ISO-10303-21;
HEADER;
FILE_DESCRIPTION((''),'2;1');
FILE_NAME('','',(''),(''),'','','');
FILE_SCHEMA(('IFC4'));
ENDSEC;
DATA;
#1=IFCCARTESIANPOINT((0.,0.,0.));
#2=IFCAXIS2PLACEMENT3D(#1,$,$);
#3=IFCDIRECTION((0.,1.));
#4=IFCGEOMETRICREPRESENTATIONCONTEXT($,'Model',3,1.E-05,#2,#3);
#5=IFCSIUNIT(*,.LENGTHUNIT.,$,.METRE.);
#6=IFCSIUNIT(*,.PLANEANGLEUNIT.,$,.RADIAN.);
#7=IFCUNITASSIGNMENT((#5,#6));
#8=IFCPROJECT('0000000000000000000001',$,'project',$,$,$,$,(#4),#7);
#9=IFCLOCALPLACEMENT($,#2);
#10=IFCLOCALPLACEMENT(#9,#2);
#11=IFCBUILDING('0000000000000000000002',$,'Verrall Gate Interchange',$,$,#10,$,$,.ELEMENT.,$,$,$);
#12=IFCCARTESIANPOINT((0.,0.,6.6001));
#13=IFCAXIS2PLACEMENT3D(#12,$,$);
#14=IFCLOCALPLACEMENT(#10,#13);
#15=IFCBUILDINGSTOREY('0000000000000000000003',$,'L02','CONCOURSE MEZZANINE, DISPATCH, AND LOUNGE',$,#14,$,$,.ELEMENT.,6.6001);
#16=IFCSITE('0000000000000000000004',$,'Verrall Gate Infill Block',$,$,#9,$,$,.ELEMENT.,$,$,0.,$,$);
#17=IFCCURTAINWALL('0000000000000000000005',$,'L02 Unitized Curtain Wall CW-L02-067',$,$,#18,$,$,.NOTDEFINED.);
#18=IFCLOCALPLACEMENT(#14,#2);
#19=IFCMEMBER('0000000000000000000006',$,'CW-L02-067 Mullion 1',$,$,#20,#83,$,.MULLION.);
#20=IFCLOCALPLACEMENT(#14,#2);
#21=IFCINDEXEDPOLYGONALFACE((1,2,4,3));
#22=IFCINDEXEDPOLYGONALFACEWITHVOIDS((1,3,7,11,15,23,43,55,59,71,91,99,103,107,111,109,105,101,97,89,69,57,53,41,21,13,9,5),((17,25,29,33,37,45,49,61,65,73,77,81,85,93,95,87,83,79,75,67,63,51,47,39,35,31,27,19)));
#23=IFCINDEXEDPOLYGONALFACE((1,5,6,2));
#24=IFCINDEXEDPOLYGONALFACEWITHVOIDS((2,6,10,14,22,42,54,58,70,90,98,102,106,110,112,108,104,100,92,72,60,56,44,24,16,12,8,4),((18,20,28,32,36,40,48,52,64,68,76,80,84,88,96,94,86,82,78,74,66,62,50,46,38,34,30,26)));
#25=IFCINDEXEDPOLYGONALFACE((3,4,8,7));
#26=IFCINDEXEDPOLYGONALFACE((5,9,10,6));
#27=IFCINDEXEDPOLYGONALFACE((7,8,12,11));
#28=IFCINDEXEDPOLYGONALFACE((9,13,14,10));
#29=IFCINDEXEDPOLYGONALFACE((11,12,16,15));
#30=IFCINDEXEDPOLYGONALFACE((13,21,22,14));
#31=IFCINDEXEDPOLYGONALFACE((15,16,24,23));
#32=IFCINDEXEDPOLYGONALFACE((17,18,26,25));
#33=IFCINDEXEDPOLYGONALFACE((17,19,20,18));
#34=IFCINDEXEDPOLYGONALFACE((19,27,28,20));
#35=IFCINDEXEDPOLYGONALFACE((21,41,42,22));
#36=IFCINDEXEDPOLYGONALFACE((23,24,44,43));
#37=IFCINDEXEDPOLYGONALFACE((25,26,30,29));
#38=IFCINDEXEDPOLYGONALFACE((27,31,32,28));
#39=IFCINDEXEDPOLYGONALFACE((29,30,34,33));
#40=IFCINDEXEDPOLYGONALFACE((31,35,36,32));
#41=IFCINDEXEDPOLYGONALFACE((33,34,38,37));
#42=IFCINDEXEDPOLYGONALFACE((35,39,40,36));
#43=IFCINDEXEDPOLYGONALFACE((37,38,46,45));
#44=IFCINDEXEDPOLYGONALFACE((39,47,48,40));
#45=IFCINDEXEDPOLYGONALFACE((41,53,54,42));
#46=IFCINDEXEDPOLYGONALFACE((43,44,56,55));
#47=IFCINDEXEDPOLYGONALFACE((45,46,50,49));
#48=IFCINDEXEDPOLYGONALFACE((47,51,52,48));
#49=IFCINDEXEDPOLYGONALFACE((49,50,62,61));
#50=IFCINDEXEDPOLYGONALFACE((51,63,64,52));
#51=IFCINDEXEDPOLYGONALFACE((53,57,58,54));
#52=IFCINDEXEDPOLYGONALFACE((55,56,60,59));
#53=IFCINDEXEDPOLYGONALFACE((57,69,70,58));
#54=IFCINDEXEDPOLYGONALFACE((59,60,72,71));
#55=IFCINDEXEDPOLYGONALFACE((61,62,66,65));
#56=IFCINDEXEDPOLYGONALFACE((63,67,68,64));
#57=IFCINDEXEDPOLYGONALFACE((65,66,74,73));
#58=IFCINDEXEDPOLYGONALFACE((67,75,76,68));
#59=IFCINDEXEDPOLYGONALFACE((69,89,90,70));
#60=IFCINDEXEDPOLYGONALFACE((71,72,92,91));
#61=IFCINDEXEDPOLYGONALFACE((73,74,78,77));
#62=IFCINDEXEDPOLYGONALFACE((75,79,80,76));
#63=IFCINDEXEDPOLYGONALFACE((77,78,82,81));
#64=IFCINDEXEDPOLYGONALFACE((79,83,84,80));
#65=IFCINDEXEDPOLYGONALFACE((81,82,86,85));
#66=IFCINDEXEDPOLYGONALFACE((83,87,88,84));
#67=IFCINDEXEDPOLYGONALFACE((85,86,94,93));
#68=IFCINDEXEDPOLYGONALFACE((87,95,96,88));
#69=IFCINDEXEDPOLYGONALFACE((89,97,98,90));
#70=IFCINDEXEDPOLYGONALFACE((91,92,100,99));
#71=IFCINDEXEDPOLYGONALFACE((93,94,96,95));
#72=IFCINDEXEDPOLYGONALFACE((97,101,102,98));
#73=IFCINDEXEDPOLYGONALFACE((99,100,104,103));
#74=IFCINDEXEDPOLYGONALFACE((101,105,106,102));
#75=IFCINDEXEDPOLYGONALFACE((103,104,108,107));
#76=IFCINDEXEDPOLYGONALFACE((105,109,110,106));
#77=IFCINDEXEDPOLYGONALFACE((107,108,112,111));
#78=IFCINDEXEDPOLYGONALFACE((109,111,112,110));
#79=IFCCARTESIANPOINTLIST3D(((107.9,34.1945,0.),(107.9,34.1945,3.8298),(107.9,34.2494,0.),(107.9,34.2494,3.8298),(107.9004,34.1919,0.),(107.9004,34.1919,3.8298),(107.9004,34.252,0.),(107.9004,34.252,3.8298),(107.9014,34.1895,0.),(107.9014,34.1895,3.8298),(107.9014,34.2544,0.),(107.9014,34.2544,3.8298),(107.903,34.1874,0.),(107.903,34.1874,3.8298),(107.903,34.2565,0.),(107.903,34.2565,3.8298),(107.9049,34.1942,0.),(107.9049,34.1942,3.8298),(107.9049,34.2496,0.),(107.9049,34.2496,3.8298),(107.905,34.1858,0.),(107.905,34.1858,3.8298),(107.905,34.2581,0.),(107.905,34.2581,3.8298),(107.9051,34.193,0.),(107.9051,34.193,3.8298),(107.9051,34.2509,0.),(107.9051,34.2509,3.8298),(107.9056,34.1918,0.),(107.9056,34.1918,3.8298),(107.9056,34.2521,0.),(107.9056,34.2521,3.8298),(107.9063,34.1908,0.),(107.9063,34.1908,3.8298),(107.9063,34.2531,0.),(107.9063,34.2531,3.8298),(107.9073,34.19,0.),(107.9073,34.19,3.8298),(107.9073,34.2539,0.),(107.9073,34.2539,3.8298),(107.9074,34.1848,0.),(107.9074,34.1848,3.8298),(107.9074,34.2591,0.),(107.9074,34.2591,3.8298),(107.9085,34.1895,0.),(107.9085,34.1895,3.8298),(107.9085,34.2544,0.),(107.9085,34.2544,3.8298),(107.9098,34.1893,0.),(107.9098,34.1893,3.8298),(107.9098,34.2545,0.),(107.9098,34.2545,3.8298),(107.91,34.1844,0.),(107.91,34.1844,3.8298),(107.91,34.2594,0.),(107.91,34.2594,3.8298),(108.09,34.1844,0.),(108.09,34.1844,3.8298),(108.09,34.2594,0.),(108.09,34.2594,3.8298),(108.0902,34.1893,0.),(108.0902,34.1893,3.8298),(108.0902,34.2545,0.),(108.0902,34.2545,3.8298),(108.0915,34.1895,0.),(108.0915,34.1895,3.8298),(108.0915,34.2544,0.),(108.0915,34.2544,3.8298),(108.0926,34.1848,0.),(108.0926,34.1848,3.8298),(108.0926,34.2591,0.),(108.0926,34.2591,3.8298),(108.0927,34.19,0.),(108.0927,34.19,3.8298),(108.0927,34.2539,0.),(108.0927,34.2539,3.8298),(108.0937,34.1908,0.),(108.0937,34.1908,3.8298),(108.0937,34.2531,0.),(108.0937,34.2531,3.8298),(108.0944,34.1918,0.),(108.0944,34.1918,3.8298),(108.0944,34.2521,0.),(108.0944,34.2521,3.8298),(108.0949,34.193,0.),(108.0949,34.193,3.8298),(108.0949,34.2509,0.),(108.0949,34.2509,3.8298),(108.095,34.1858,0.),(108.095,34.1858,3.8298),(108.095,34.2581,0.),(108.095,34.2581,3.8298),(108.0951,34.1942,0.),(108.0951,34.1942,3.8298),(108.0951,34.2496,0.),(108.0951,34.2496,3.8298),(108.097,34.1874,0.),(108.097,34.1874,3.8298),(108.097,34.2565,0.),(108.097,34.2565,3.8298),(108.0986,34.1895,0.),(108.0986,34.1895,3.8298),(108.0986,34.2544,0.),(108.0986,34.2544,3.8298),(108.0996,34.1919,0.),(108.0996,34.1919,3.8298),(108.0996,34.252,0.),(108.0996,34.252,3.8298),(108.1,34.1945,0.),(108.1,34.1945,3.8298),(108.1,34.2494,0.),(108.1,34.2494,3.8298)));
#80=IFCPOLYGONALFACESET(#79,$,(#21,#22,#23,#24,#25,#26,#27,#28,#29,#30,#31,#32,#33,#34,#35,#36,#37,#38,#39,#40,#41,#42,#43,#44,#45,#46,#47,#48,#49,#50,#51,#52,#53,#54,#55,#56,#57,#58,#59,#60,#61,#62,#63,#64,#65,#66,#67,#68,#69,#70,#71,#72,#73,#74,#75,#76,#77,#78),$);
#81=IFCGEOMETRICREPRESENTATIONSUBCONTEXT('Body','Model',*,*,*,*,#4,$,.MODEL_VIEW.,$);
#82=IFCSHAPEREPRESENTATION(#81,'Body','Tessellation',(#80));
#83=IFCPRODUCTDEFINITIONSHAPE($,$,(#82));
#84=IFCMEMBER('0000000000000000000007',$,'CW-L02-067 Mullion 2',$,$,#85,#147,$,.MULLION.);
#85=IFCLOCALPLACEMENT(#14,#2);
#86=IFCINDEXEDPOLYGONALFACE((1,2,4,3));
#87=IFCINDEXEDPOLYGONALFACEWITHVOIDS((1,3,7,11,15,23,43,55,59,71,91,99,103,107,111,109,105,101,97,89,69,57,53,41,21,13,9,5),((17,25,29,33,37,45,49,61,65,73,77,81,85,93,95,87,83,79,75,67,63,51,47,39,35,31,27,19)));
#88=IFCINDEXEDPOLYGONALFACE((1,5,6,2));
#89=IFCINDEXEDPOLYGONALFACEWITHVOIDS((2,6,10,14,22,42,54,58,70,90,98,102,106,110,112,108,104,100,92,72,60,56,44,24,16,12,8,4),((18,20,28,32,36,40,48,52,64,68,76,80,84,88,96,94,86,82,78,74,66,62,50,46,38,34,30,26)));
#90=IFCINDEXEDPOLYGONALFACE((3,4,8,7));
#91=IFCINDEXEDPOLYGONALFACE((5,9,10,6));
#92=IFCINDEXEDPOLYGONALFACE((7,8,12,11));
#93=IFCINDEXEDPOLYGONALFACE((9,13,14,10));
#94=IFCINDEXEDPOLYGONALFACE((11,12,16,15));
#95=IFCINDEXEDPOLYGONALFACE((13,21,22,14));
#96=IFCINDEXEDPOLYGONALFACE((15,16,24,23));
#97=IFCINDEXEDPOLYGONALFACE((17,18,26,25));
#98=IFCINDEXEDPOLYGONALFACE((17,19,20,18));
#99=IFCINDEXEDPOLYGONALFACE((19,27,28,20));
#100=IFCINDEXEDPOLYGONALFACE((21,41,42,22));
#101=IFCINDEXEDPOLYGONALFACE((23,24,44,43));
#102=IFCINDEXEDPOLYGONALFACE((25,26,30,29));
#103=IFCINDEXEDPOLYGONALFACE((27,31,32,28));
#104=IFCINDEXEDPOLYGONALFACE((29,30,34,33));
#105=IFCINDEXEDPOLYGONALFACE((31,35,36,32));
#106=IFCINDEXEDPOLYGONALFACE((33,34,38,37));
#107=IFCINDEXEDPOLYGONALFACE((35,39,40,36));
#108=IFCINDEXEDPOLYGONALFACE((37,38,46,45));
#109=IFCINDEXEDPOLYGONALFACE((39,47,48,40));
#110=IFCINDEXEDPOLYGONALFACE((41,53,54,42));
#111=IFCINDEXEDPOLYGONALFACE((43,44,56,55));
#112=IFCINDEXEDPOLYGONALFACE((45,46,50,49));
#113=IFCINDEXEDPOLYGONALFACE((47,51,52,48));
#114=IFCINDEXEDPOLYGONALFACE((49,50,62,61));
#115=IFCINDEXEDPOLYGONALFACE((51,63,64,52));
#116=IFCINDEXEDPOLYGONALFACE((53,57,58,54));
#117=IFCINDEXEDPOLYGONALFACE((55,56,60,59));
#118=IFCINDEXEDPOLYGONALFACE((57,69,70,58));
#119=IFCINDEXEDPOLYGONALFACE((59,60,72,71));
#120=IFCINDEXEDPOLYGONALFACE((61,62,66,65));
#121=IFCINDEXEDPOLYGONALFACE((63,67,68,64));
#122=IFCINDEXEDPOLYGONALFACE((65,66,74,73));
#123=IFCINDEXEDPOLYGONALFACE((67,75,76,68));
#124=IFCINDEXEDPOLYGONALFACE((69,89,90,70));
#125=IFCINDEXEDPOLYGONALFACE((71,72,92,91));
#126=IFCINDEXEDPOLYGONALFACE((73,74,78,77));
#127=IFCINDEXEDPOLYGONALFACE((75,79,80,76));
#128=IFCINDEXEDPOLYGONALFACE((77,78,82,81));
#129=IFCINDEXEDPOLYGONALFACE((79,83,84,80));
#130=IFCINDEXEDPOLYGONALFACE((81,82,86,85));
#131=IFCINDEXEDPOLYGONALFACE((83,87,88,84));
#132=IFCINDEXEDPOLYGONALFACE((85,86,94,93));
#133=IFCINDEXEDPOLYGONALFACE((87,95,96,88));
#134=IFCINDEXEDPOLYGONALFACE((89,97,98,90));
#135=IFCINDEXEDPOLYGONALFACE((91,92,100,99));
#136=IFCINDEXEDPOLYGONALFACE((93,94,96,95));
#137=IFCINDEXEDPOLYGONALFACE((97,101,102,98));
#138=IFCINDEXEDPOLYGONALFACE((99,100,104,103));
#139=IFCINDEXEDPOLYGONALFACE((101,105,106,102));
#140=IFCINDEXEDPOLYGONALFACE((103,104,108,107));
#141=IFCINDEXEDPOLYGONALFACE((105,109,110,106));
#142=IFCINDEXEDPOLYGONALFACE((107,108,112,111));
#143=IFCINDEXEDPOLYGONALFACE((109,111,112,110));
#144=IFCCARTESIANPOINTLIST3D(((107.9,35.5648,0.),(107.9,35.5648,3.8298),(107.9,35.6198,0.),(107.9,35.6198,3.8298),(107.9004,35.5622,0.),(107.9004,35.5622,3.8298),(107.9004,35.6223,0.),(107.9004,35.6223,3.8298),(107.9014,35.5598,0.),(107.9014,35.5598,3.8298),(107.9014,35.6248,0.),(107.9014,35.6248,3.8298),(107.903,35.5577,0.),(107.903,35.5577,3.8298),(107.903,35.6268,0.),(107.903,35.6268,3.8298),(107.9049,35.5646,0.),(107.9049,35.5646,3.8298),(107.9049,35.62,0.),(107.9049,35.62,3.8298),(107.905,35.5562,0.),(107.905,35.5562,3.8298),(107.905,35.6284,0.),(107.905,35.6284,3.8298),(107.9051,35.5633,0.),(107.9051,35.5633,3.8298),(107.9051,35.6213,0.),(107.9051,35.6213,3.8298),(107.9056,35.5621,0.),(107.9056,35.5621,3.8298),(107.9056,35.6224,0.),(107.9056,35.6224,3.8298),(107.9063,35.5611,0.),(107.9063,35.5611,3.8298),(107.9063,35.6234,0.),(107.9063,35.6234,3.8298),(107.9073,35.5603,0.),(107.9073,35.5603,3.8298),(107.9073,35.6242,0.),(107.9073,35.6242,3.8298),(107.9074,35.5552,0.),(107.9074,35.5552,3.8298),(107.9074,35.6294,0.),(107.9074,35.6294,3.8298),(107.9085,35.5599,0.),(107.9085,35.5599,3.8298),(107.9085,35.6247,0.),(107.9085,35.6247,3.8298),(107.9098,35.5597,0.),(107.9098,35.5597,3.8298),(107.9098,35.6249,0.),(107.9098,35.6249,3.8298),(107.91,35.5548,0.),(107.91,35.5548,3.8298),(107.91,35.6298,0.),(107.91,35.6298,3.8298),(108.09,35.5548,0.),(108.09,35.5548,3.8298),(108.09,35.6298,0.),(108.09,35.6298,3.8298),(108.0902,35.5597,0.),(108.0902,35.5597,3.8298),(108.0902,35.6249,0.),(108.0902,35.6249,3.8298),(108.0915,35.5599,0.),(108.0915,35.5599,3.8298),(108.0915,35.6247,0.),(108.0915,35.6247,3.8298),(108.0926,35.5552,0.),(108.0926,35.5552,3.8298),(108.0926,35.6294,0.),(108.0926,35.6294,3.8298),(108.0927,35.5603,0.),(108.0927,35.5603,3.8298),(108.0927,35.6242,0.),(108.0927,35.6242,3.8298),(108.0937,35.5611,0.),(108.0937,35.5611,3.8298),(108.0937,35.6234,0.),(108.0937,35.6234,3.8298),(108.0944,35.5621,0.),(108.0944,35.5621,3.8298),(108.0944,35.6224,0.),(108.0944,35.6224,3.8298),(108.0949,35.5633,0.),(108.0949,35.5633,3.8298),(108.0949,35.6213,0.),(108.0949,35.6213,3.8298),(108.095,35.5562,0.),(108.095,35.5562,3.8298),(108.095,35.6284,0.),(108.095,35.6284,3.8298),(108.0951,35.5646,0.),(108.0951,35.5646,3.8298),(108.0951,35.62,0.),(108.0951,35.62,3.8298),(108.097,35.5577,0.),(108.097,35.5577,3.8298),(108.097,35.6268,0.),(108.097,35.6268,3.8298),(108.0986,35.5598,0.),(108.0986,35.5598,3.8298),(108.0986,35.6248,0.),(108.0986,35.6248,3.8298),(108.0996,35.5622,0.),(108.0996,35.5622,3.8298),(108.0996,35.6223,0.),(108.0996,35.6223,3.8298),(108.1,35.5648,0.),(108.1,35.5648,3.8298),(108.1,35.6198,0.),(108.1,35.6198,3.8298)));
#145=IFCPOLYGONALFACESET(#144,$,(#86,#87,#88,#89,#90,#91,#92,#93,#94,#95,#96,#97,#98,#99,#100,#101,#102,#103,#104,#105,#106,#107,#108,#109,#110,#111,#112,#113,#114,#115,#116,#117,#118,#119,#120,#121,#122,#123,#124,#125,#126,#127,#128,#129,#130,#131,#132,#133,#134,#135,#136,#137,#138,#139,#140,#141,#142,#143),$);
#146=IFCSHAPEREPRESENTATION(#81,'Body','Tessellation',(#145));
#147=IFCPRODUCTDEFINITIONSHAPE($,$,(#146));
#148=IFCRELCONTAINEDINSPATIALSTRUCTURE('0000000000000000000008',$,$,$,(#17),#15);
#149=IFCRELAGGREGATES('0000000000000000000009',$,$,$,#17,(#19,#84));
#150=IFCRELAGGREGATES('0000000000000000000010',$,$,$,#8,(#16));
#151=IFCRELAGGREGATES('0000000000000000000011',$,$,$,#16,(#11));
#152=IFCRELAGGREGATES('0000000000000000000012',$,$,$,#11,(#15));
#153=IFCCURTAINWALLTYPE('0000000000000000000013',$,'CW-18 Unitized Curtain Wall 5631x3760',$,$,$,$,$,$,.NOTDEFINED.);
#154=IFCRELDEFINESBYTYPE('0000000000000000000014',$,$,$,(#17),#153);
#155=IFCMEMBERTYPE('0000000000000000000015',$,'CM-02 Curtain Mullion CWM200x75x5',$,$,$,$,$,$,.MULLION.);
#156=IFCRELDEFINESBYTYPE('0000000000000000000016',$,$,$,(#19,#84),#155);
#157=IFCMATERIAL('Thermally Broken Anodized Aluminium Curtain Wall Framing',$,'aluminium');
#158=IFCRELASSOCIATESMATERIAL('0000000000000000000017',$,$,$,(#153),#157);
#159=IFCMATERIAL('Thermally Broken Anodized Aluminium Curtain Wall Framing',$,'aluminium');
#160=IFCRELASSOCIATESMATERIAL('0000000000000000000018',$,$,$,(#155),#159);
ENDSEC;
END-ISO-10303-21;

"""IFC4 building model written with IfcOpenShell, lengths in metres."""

from ifc_helpers import new_model, si_unit, direction, frame, origin, origin_2d, place, context, subcontext, project, spatial, hollow_rectangle, extrude, material, material_profile, profile_set, type_object, element, aggregate, save


model = new_model("IFC4")

# Units and contexts
model_context = context("Model", 3, precision=1e-05, world=origin(), true_north=direction((0.0, 1.0)))
body_context = subcontext(model_context, "Body", "Model", "MODEL_VIEW")
ifc_project = project(units=[si_unit("LENGTHUNIT", "METRE"), si_unit("PLANEANGLEUNIT", "RADIAN")], contexts=[model_context])

# Site, building, storey
site_placement = place(None, origin())
site = spatial("IfcSite", under=ifc_project, at=site_placement, Name="Verrall Gate Infill Block", CompositionType="ELEMENT", RefElevation=0.0)
building_placement = place(site_placement, origin())
building = spatial("IfcBuilding", under=site, at=building_placement, Name="Verrall Gate Interchange", CompositionType="ELEMENT")
storey_placement = place(building_placement, frame((0.0, 0.0, 6.6001)))
storey = spatial("IfcBuildingStorey", under=building, at=storey_placement, Name="L02", Description="CONCOURSE MEZZANINE, DISPATCH, AND LOUNGE", CompositionType="ELEMENT", Elevation=6.6001)

# Shared definitions
ifc_material_1 = material(Name="Thermally Broken Anodized Aluminium Curtain Wall Framing", Category="aluminium")
curtain_wall_type = type_object("IfcCurtainWallType", Name="CW-18 Unitized Curtain Wall 5631x3760", PredefinedType="NOTDEFINED", material=ifc_material_1)

# Shared definitions
ifc_material_2 = material(Name="Thermally Broken Anodized Aluminium Curtain Wall Framing", Category="aluminium")
ifc_material_profile_1 = material_profile(ifc_material_2, hollow_rectangle(XDim=0.075, YDim=0.2, WallThickness=0.0049, InnerFilletRadius=0.0049, OuterFilletRadius=0.01, at=origin_2d()), Name="CWM200x75x5")
ifc_profile_set_1 = profile_set([ifc_material_profile_1], Name="Thermally Broken Anodized Aluminium Curtain Wall Framing")
member_type_1 = type_object("IfcMemberType", Name="CM-02 Curtain Mullion CWM200x75x5", PredefinedType="MULLION", material=ifc_profile_set_1)

# Curtain wall, members
curtain_wall_1_placement = place(storey_placement, origin())
curtain_wall_1 = element("IfcCurtainWall", 1, at=curtain_wall_1_placement, inside=storey, type_object=curtain_wall_type, Name="L02 Unitized Curtain Wall CW-L02-067", PredefinedType="NOTDEFINED")
member_1_placement = place(storey_placement, frame((108.0, 34.2219, 0.0), z_axis=(0.0, 0.0, 1.0), x_axis=(0.0, 1.0, 0.0)))
member_1 = element("IfcMember", 2, at=member_1_placement, type_object=member_type_1, Name="CW-L02-067 Mullion 1", PredefinedType="MULLION", context=body_context, shape_type="SweptSolid", body=[
    extrude(hollow_rectangle(XDim=0.075, YDim=0.2, WallThickness=0.0049, InnerFilletRadius=0.0049, OuterFilletRadius=0.01, at=origin_2d()), origin(), (0.0, 0.0, 1.0), 3.8298),
])
member_2_placement = place(storey_placement, frame((108.0, 35.5923, 0.0), z_axis=(0.0, 0.0, 1.0), x_axis=(0.0, 1.0, 0.0)))
member_2 = element("IfcMember", 3, at=member_2_placement, type_object=member_type_1, Name="CW-L02-067 Mullion 2", PredefinedType="MULLION", context=body_context, shape_type="SweptSolid", body=[
    extrude(hollow_rectangle(XDim=0.075, YDim=0.2, WallThickness=0.0049, InnerFilletRadius=0.0049, OuterFilletRadius=0.01, at=origin_2d()), origin(), (0.0, 0.0, 1.0), 3.8298),
])

aggregate(curtain_wall_1, [member_1, member_2])

save(model, "model.ifc")
